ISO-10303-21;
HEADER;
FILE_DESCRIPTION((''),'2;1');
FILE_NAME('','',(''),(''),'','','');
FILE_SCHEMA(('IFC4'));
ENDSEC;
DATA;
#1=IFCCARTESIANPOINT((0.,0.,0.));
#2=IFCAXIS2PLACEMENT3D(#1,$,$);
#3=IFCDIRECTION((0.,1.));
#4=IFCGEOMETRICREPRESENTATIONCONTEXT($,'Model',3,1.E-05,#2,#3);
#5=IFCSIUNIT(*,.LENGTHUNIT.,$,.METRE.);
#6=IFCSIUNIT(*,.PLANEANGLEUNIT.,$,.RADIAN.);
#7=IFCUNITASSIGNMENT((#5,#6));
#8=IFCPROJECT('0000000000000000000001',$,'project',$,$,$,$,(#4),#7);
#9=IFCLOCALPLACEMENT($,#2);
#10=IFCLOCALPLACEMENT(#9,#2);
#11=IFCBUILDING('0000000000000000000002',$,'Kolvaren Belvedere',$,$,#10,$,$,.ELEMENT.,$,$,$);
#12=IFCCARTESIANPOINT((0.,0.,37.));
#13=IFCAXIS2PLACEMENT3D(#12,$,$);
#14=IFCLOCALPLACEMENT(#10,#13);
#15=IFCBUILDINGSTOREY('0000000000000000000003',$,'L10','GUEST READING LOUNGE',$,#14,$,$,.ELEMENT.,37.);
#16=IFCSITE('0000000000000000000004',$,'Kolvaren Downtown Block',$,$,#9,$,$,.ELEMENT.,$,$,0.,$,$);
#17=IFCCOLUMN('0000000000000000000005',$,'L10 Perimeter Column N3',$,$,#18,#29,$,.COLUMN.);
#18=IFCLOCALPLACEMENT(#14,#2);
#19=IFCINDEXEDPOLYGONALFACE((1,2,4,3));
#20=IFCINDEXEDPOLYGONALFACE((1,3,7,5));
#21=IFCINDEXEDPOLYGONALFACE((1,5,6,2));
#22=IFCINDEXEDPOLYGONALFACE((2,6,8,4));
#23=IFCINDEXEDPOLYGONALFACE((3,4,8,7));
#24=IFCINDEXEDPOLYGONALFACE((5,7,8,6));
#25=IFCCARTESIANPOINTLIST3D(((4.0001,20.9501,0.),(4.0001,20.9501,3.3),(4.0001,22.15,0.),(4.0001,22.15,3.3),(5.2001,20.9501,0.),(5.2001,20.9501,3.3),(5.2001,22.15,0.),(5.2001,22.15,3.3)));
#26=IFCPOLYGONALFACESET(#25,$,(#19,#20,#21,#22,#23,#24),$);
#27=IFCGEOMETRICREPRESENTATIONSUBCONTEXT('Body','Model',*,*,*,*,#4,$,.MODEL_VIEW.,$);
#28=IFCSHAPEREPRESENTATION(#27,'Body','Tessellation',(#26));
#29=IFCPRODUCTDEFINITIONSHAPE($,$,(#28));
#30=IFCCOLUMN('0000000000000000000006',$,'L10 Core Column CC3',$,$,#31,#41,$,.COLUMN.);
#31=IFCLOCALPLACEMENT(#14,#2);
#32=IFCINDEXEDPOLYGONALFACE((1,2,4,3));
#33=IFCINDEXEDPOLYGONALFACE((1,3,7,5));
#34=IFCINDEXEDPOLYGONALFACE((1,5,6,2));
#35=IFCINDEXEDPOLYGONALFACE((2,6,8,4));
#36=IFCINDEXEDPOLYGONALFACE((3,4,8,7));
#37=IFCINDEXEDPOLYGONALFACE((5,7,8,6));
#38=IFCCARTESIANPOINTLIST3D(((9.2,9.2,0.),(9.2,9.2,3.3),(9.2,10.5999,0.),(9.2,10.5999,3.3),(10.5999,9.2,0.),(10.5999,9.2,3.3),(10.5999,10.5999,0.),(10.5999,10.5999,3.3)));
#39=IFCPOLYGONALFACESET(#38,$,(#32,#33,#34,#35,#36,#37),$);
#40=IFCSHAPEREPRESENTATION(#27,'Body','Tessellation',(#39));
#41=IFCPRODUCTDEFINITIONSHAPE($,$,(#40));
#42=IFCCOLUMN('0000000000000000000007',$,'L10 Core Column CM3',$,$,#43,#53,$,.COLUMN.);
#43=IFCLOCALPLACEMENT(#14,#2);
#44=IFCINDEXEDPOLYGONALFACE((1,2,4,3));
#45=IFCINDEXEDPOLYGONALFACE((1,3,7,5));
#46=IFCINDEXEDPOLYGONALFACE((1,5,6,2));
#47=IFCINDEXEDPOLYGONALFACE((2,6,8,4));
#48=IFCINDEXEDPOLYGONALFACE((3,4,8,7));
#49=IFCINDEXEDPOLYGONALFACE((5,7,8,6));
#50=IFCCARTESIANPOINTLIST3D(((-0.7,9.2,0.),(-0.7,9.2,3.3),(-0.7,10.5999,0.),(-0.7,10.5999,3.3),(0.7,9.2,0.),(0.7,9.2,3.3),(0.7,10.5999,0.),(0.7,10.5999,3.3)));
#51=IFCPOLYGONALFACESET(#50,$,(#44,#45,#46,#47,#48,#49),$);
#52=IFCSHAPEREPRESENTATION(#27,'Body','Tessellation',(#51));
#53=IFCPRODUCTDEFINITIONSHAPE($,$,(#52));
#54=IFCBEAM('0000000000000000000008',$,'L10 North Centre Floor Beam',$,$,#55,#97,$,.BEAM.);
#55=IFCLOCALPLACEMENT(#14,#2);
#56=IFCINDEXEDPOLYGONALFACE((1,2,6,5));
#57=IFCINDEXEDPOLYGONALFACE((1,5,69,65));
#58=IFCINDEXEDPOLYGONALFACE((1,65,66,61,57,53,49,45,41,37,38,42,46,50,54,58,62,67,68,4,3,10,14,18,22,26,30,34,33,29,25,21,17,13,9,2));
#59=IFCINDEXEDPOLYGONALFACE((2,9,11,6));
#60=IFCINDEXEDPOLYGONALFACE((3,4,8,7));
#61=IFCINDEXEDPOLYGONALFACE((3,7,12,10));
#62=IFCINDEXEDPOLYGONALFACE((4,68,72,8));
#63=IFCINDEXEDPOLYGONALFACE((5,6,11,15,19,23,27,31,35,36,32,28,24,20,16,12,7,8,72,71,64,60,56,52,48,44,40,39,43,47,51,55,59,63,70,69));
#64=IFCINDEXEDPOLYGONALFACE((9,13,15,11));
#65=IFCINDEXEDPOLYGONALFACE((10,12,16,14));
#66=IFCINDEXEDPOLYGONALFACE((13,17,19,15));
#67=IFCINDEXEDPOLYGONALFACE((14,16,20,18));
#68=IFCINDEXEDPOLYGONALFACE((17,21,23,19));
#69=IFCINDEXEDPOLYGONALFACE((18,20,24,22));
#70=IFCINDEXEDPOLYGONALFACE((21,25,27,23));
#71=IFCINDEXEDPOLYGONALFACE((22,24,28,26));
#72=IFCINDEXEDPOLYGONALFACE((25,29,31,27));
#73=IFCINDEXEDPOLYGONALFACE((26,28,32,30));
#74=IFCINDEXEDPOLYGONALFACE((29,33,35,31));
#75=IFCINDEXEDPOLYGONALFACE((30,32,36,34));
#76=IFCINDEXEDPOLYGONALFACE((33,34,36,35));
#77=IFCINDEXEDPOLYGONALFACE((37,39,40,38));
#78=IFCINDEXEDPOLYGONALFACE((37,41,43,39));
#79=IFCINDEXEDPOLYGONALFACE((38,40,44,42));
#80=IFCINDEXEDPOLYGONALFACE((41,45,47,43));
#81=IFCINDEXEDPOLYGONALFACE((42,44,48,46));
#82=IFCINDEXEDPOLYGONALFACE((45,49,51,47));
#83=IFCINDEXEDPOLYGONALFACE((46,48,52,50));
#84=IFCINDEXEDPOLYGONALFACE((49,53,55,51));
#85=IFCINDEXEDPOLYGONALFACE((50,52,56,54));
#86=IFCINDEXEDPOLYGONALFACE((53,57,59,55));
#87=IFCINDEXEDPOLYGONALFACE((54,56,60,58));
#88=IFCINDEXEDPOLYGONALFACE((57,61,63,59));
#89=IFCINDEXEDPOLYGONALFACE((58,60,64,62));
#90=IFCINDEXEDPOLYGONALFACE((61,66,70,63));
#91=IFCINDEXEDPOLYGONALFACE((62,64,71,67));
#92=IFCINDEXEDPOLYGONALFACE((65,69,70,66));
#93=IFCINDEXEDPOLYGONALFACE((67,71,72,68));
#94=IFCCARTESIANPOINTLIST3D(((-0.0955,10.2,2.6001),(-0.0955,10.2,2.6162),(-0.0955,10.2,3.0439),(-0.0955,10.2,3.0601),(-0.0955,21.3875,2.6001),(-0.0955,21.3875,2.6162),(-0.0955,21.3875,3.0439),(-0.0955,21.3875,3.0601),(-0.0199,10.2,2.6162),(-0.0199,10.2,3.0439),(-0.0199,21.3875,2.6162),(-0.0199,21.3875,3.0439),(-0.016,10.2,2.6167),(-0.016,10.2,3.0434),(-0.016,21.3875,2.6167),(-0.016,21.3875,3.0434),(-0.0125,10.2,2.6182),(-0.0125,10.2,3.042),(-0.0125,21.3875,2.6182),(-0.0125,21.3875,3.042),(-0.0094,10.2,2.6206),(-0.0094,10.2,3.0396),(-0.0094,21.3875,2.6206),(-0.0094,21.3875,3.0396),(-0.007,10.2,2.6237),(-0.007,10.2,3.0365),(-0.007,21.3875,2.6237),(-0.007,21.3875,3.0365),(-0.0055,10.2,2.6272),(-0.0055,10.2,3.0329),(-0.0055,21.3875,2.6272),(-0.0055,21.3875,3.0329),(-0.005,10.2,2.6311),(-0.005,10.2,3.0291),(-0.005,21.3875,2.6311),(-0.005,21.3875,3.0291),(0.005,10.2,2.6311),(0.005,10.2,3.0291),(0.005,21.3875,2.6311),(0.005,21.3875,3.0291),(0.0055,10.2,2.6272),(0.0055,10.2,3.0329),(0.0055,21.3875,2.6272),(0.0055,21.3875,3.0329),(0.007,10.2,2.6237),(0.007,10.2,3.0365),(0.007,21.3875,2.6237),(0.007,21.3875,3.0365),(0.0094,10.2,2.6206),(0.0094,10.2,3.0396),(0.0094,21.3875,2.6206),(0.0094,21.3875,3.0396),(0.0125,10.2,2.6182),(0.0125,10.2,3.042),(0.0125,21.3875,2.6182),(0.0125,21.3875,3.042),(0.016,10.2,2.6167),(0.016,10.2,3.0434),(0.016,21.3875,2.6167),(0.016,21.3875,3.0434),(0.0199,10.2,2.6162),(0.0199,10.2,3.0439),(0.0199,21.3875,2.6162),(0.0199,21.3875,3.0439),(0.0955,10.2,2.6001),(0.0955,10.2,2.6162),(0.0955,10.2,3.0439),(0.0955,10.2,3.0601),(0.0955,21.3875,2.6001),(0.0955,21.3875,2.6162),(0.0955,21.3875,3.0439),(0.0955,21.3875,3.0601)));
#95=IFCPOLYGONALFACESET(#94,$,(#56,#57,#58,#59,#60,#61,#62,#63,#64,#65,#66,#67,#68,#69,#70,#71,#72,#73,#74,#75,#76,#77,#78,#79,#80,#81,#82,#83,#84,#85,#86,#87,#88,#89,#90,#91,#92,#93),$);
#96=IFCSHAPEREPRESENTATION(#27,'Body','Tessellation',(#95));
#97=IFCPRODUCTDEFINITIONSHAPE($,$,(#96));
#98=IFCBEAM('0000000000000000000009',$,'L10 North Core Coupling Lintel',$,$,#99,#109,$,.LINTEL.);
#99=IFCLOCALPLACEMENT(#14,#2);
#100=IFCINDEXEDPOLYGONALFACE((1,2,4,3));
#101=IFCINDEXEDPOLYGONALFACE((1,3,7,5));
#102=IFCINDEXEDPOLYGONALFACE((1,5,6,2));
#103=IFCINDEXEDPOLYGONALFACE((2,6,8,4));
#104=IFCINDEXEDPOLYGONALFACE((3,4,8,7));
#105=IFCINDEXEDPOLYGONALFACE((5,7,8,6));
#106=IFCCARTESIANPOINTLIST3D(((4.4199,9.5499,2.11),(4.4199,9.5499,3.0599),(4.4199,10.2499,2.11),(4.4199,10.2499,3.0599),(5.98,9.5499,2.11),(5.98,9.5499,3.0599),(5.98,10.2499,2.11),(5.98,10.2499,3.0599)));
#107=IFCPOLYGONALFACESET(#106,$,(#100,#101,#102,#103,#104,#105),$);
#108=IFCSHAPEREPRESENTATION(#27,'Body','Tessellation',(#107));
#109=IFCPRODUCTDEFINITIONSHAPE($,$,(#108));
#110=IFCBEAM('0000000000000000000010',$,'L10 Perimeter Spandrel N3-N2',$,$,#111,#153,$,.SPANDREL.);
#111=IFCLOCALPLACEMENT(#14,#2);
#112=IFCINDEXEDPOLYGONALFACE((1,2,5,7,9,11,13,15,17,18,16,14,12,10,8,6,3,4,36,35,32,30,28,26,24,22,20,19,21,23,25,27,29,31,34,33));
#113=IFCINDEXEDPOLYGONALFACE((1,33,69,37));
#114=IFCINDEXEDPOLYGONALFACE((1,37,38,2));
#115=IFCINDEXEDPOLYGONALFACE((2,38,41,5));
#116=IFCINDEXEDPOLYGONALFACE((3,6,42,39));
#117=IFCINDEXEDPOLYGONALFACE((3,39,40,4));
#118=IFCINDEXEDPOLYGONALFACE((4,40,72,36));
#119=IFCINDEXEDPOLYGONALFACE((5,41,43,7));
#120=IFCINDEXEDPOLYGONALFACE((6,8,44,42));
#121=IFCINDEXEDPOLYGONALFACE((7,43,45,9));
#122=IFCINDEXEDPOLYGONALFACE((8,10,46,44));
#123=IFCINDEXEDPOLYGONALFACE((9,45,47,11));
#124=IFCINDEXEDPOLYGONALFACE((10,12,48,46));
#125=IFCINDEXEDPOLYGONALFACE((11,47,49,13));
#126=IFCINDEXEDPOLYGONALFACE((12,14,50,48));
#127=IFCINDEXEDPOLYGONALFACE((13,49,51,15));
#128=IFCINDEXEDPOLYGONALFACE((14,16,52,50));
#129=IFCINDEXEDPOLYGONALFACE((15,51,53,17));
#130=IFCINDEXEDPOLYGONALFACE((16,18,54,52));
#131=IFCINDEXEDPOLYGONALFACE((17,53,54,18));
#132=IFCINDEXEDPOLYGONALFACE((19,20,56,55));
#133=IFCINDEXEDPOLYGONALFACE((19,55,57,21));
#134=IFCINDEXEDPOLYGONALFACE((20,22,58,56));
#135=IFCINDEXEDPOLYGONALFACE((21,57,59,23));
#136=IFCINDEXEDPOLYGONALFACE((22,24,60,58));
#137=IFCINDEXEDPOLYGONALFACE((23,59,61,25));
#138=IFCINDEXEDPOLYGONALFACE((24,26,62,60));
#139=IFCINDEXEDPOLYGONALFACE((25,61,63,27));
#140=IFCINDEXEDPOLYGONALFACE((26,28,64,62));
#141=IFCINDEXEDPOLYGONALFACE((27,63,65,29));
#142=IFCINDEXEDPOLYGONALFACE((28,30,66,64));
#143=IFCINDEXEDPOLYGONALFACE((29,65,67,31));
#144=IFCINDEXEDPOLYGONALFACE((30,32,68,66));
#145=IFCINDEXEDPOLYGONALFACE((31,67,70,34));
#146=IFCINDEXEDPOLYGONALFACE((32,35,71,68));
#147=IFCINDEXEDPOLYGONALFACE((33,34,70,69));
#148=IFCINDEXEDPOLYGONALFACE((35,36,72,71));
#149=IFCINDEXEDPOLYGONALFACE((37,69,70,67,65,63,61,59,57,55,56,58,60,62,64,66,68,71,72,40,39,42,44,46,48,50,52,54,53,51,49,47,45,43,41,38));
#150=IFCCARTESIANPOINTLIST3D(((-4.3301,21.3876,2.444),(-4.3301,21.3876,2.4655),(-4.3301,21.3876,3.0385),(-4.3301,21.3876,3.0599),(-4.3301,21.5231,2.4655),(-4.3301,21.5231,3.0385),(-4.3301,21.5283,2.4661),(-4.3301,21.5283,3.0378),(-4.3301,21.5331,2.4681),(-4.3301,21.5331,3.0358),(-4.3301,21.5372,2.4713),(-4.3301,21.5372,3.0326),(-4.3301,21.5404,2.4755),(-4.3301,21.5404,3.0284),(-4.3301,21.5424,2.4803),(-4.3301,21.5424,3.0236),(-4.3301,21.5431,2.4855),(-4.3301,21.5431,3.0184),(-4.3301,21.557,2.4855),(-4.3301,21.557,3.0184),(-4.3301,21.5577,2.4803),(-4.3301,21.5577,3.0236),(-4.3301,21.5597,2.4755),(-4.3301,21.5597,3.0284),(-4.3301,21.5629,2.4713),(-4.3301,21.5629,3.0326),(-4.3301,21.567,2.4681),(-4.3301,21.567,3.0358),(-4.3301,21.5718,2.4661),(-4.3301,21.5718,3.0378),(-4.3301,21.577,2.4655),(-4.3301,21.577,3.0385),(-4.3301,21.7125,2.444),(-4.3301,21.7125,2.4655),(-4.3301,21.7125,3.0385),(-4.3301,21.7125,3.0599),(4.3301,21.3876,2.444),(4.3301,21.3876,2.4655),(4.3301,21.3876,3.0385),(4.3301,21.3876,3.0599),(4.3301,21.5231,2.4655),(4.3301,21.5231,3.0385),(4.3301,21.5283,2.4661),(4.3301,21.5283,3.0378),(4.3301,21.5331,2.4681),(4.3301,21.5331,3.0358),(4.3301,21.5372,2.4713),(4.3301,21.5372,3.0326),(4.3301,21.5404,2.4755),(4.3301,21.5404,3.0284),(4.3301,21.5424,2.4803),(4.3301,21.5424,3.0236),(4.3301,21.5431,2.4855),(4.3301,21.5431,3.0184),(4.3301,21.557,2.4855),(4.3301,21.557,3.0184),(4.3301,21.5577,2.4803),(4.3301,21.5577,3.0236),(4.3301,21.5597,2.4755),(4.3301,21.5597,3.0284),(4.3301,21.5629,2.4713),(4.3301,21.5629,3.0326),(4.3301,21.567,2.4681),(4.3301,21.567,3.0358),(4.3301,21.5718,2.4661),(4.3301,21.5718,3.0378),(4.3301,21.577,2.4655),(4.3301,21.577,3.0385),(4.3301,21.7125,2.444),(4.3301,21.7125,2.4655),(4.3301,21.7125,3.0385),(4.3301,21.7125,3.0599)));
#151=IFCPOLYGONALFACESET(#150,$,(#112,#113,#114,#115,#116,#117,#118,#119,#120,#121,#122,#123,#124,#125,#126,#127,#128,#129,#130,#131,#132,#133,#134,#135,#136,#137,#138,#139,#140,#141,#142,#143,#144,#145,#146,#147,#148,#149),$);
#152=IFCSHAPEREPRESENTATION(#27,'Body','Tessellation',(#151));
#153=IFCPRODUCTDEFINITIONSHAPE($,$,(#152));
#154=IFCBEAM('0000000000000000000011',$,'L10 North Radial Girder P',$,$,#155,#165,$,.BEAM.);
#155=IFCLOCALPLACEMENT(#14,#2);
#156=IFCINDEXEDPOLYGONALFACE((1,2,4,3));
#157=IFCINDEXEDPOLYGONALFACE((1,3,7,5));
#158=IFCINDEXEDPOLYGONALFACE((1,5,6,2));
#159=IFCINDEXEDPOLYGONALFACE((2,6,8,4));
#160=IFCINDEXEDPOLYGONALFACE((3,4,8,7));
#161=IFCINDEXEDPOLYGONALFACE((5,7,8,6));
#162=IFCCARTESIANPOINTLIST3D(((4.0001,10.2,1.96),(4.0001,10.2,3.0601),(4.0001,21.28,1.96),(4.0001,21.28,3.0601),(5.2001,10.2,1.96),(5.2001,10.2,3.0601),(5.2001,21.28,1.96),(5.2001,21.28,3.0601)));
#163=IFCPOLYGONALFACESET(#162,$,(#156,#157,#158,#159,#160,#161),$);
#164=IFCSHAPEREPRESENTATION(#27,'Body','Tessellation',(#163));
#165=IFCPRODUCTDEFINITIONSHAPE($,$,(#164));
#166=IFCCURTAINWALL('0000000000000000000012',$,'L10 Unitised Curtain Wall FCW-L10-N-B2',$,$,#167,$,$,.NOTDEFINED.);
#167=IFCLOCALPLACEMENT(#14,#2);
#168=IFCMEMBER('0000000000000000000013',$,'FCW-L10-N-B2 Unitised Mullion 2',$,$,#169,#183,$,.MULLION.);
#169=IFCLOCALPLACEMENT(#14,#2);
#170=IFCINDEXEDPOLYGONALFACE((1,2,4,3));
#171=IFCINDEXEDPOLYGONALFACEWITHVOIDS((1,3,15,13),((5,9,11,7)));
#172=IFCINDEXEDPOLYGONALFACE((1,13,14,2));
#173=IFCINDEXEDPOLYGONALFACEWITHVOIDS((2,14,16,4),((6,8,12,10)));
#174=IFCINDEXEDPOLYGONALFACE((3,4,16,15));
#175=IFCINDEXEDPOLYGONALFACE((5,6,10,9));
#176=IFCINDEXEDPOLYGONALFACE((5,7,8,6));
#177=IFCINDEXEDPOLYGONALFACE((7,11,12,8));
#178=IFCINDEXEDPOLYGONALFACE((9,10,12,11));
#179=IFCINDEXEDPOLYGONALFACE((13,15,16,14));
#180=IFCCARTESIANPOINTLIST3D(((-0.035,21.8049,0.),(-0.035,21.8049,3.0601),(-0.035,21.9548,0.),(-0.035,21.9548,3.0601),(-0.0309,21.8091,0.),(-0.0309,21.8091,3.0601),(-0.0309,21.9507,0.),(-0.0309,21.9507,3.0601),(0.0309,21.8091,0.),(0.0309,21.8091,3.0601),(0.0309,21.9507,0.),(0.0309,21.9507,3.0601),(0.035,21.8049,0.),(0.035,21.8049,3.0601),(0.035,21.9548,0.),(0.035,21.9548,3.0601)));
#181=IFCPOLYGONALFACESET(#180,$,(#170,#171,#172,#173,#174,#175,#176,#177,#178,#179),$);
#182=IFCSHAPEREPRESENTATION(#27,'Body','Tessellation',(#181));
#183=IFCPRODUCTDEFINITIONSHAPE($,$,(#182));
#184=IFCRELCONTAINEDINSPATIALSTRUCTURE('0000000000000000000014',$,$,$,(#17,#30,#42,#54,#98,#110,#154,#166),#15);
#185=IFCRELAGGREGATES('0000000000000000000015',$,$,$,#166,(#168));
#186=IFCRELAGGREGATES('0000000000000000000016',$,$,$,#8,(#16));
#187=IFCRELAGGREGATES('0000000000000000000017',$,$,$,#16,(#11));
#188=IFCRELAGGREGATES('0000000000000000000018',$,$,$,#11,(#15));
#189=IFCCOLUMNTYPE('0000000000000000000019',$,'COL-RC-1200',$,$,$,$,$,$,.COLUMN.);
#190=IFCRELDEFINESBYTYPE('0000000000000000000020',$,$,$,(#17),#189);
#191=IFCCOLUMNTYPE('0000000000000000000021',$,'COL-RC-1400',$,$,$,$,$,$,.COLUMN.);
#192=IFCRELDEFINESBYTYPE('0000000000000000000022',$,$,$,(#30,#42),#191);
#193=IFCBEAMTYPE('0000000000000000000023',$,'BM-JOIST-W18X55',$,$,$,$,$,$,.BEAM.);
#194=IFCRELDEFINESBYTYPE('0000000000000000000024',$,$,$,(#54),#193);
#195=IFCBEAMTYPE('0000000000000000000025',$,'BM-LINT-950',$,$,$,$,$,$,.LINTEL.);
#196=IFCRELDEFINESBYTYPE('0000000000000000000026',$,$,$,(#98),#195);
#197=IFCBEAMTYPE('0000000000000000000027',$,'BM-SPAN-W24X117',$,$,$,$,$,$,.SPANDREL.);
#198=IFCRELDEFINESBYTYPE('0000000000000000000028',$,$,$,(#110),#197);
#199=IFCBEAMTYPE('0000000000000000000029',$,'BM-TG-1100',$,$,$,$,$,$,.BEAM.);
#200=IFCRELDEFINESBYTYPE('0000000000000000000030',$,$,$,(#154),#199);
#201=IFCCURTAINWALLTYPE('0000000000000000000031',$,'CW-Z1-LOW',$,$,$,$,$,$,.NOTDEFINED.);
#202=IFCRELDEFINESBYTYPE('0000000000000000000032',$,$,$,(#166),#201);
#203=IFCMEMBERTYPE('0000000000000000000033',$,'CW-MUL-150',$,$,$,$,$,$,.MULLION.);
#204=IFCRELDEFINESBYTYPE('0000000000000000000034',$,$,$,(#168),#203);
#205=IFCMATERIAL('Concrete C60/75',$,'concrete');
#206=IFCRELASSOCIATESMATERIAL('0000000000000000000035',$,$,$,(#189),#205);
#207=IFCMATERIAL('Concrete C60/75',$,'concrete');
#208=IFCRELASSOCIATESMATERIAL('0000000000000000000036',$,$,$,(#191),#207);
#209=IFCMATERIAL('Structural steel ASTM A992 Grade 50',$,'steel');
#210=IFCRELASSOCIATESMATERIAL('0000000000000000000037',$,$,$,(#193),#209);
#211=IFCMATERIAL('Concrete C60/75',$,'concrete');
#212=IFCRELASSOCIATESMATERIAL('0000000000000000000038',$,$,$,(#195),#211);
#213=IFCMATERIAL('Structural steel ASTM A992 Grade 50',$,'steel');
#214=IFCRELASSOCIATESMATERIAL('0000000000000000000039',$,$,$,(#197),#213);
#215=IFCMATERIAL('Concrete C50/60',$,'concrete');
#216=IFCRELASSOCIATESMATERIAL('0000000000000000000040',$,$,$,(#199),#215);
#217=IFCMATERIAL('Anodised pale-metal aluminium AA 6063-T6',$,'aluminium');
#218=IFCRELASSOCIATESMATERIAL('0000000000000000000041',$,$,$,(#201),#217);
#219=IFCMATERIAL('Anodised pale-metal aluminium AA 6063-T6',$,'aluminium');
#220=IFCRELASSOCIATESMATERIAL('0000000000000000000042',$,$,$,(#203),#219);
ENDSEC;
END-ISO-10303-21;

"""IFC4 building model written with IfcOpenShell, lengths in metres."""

from ifc_helpers import new_model, si_unit, direction, frame, origin, origin_2d, place, context, subcontext, project, spatial, rectangle, hollow_rectangle, i_section, extrude, material, material_profile, profile_set, type_object, element, aggregate, save


model = new_model("IFC4")

# Units and contexts
model_context = context("Model", 3, precision=1e-05, world=origin(), true_north=direction((0.0, 1.0)))
body_context = subcontext(model_context, "Body", "Model", "MODEL_VIEW")
ifc_project = project(units=[si_unit("LENGTHUNIT", "METRE"), si_unit("PLANEANGLEUNIT", "RADIAN")], contexts=[model_context])

# Site, building, storey
site_placement = place(None, origin())
site = spatial("IfcSite", under=ifc_project, at=site_placement, Name="Kolvaren Downtown Block", CompositionType="ELEMENT", RefElevation=0.0)
building_placement = place(site_placement, origin())
building = spatial("IfcBuilding", under=site, at=building_placement, Name="Kolvaren Belvedere", CompositionType="ELEMENT")
storey_placement = place(building_placement, frame((0.0, 0.0, 37.0)))
storey = spatial("IfcBuildingStorey", under=building, at=storey_placement, Name="L10", Description="GUEST READING LOUNGE", CompositionType="ELEMENT", Elevation=37.0)

# Columns
ifc_material_1 = material(Name="Concrete C60/75", Category="concrete")
ifc_material_profile_1 = material_profile(ifc_material_1, rectangle(XDim=1.2, YDim=1.2, at=origin_2d()), Name="RC 1200X1200")
ifc_profile_set_1 = profile_set([ifc_material_profile_1], Name="Concrete C60/75")
column_type_1 = type_object("IfcColumnType", Name="COL-RC-1200", PredefinedType="COLUMN", material=ifc_profile_set_1)
column_placement = place(storey_placement, frame((4.6001, 21.55, 0.0), z_axis=(0.0, 0.0, 1.0), x_axis=(1.0, 0.0, 0.0)))
element("IfcColumn", 1, at=column_placement, inside=storey, type_object=column_type_1, Name="L10 Perimeter Column N3", PredefinedType="COLUMN", context=body_context, shape_type="SweptSolid", body=[
    extrude(rectangle(XDim=1.2, YDim=1.2, at=origin_2d()), origin(), (0.0, 0.0, 1.0), 3.3),
])
ifc_material_2 = material(Name="Concrete C60/75", Category="concrete")
ifc_material_profile_2 = material_profile(ifc_material_2, rectangle(XDim=1.3999, YDim=1.3999, at=origin_2d()), Name="RC 1400X1400")
ifc_profile_set_2 = profile_set([ifc_material_profile_2], Name="Concrete C60/75")
column_type_2 = type_object("IfcColumnType", Name="COL-RC-1400", PredefinedType="COLUMN", material=ifc_profile_set_2)
for number, where, z_axis, x_axis, name in (
    (2, (9.8999, 9.8999, 0.0), (0.0, 0.0, 1.0), (1.0, 0.0, 0.0), "L10 Core Column CC3"),
    (3, (0.0, 9.8999, 0.0), (0.0, 0.0, 1.0), (1.0, 0.0, 0.0), "L10 Core Column CM3"),
):
    element("IfcColumn", number, at=place(storey_placement, frame(where, z_axis=z_axis, x_axis=x_axis)), inside=storey, type_object=column_type_2, Name=name, PredefinedType="COLUMN", context=body_context, shape_type="SweptSolid", body=[
        extrude(rectangle(XDim=1.3999, YDim=1.3999, at=origin_2d()), origin(), (0.0, 0.0, 1.0), 3.3),
    ])

# Beams
ifc_material_3 = material(Name="Structural steel ASTM A992 Grade 50", Category="steel")
ifc_material_profile_3 = material_profile(ifc_material_3, i_section(OverallWidth=0.1909, OverallDepth=0.46, WebThickness=0.01, FlangeThickness=0.0161, FilletRadius=0.0149, at=origin_2d()), Name="W18X55")
ifc_profile_set_3 = profile_set([ifc_material_profile_3], Name="Structural steel ASTM A992 Grade 50")
beam_type_1 = type_object("IfcBeamType", Name="BM-JOIST-W18X55", PredefinedType="BEAM", material=ifc_profile_set_3)
beam_1_placement = place(storey_placement, frame((0.0, 10.2, 2.8301), z_axis=(0.0, 1.0, 0.0), x_axis=(-1.0, 0.0, 0.0)))
element("IfcBeam", 4, at=beam_1_placement, inside=storey, type_object=beam_type_1, Name="L10 North Centre Floor Beam", PredefinedType="BEAM", context=body_context, shape_type="SweptSolid", body=[
    extrude(i_section(OverallWidth=0.1909, OverallDepth=0.46, WebThickness=0.01, FlangeThickness=0.0161, FilletRadius=0.0149, at=origin_2d()), origin(), (0.0, 0.0, 1.0), 11.1875),
])
ifc_material_4 = material(Name="Concrete C60/75", Category="concrete")
ifc_material_profile_4 = material_profile(ifc_material_4, rectangle(XDim=0.7, YDim=0.95, at=origin_2d()), Name="RC 700X950")
ifc_profile_set_4 = profile_set([ifc_material_profile_4], Name="Concrete C60/75")
beam_type_2 = type_object("IfcBeamType", Name="BM-LINT-950", PredefinedType="LINTEL", material=ifc_profile_set_4)
beam_2_placement = place(storey_placement, frame((4.4199, 9.8999, 2.585), z_axis=(1.0, 0.0, 0.0), x_axis=(0.0, 1.0, 0.0)))
element("IfcBeam", 5, at=beam_2_placement, inside=storey, type_object=beam_type_2, Name="L10 North Core Coupling Lintel", PredefinedType="LINTEL", context=body_context, shape_type="SweptSolid", body=[
    extrude(rectangle(XDim=0.7, YDim=0.95, at=origin_2d()), origin(), (0.0, 0.0, 1.0), 1.5601),
])
ifc_material_5 = material(Name="Structural steel ASTM A992 Grade 50", Category="steel")
ifc_material_profile_5 = material_profile(ifc_material_5, i_section(OverallWidth=0.325, OverallDepth=0.616, WebThickness=0.0139, FlangeThickness=0.0215, FilletRadius=0.02, at=origin_2d()), Name="W24X117")
ifc_profile_set_5 = profile_set([ifc_material_profile_5], Name="Structural steel ASTM A992 Grade 50")
beam_type_3 = type_object("IfcBeamType", Name="BM-SPAN-W24X117", PredefinedType="SPANDREL", material=ifc_profile_set_5)
beam_3_placement = place(storey_placement, frame((4.3301, 21.55, 2.752), z_axis=(-1.0, 0.0, 0.0), x_axis=(0.0, -1.0, 0.0)))
element("IfcBeam", 6, at=beam_3_placement, inside=storey, type_object=beam_type_3, Name="L10 Perimeter Spandrel N3-N2", PredefinedType="SPANDREL", context=body_context, shape_type="SweptSolid", body=[
    extrude(i_section(OverallWidth=0.325, OverallDepth=0.616, WebThickness=0.0139, FlangeThickness=0.0215, FilletRadius=0.02, at=origin_2d()), origin(), (0.0, 0.0, 1.0), 8.6602),
])
ifc_material_6 = material(Name="Concrete C50/60", Category="concrete")
ifc_material_profile_6 = material_profile(ifc_material_6, rectangle(XDim=1.2, YDim=1.1001, at=origin_2d()), Name="RC 1200X1100")
ifc_profile_set_6 = profile_set([ifc_material_profile_6], Name="Concrete C50/60")
beam_type_4 = type_object("IfcBeamType", Name="BM-TG-1100", PredefinedType="BEAM", material=ifc_profile_set_6)
beam_4_placement = place(storey_placement, frame((4.6001, 10.2, 2.51), z_axis=(0.0, 1.0, 0.0), x_axis=(-1.0, 0.0, 0.0)))
element("IfcBeam", 7, at=beam_4_placement, inside=storey, type_object=beam_type_4, Name="L10 North Radial Girder P", PredefinedType="BEAM", context=body_context, shape_type="SweptSolid", body=[
    extrude(rectangle(XDim=1.2, YDim=1.1001, at=origin_2d()), origin(), (0.0, 0.0, 1.0), 11.0801),
])

# Curtain wall, member
ifc_material_7 = material(Name="Anodised pale-metal aluminium AA 6063-T6", Category="aluminium")
curtain_wall_type = type_object("IfcCurtainWallType", Name="CW-Z1-LOW", PredefinedType="NOTDEFINED", material=ifc_material_7)
curtain_wall_1_placement = place(storey_placement, origin())
curtain_wall_1 = element("IfcCurtainWall", 8, at=curtain_wall_1_placement, inside=storey, type_object=curtain_wall_type, Name="L10 Unitised Curtain Wall FCW-L10-N-B2", PredefinedType="NOTDEFINED")
ifc_material_8 = material(Name="Anodised pale-metal aluminium AA 6063-T6", Category="aluminium")
ifc_material_profile_7 = material_profile(ifc_material_8, hollow_rectangle(XDim=0.0701, YDim=0.1499, WallThickness=0.0042, at=origin_2d()), Name="ALU-MUL-150X70")
ifc_profile_set_7 = profile_set([ifc_material_profile_7], Name="Anodised pale-metal aluminium AA 6063-T6")
member_type_1 = type_object("IfcMemberType", Name="CW-MUL-150", PredefinedType="MULLION", material=ifc_profile_set_7)
member_1_placement = place(storey_placement, frame((0.0, 21.8799, 0.0), z_axis=(0.0, 0.0, 1.0), x_axis=(1.0, 0.0, 0.0)))
member_1 = element("IfcMember", 9, at=member_1_placement, type_object=member_type_1, Name="FCW-L10-N-B2 Unitised Mullion 2", PredefinedType="MULLION", context=body_context, shape_type="SweptSolid", body=[
    extrude(hollow_rectangle(XDim=0.0701, YDim=0.1499, WallThickness=0.0042, at=origin_2d()), origin(), (0.0, 0.0, 1.0), 3.0601),
])

aggregate(curtain_wall_1, [member_1])

save(model, "model.ifc")
